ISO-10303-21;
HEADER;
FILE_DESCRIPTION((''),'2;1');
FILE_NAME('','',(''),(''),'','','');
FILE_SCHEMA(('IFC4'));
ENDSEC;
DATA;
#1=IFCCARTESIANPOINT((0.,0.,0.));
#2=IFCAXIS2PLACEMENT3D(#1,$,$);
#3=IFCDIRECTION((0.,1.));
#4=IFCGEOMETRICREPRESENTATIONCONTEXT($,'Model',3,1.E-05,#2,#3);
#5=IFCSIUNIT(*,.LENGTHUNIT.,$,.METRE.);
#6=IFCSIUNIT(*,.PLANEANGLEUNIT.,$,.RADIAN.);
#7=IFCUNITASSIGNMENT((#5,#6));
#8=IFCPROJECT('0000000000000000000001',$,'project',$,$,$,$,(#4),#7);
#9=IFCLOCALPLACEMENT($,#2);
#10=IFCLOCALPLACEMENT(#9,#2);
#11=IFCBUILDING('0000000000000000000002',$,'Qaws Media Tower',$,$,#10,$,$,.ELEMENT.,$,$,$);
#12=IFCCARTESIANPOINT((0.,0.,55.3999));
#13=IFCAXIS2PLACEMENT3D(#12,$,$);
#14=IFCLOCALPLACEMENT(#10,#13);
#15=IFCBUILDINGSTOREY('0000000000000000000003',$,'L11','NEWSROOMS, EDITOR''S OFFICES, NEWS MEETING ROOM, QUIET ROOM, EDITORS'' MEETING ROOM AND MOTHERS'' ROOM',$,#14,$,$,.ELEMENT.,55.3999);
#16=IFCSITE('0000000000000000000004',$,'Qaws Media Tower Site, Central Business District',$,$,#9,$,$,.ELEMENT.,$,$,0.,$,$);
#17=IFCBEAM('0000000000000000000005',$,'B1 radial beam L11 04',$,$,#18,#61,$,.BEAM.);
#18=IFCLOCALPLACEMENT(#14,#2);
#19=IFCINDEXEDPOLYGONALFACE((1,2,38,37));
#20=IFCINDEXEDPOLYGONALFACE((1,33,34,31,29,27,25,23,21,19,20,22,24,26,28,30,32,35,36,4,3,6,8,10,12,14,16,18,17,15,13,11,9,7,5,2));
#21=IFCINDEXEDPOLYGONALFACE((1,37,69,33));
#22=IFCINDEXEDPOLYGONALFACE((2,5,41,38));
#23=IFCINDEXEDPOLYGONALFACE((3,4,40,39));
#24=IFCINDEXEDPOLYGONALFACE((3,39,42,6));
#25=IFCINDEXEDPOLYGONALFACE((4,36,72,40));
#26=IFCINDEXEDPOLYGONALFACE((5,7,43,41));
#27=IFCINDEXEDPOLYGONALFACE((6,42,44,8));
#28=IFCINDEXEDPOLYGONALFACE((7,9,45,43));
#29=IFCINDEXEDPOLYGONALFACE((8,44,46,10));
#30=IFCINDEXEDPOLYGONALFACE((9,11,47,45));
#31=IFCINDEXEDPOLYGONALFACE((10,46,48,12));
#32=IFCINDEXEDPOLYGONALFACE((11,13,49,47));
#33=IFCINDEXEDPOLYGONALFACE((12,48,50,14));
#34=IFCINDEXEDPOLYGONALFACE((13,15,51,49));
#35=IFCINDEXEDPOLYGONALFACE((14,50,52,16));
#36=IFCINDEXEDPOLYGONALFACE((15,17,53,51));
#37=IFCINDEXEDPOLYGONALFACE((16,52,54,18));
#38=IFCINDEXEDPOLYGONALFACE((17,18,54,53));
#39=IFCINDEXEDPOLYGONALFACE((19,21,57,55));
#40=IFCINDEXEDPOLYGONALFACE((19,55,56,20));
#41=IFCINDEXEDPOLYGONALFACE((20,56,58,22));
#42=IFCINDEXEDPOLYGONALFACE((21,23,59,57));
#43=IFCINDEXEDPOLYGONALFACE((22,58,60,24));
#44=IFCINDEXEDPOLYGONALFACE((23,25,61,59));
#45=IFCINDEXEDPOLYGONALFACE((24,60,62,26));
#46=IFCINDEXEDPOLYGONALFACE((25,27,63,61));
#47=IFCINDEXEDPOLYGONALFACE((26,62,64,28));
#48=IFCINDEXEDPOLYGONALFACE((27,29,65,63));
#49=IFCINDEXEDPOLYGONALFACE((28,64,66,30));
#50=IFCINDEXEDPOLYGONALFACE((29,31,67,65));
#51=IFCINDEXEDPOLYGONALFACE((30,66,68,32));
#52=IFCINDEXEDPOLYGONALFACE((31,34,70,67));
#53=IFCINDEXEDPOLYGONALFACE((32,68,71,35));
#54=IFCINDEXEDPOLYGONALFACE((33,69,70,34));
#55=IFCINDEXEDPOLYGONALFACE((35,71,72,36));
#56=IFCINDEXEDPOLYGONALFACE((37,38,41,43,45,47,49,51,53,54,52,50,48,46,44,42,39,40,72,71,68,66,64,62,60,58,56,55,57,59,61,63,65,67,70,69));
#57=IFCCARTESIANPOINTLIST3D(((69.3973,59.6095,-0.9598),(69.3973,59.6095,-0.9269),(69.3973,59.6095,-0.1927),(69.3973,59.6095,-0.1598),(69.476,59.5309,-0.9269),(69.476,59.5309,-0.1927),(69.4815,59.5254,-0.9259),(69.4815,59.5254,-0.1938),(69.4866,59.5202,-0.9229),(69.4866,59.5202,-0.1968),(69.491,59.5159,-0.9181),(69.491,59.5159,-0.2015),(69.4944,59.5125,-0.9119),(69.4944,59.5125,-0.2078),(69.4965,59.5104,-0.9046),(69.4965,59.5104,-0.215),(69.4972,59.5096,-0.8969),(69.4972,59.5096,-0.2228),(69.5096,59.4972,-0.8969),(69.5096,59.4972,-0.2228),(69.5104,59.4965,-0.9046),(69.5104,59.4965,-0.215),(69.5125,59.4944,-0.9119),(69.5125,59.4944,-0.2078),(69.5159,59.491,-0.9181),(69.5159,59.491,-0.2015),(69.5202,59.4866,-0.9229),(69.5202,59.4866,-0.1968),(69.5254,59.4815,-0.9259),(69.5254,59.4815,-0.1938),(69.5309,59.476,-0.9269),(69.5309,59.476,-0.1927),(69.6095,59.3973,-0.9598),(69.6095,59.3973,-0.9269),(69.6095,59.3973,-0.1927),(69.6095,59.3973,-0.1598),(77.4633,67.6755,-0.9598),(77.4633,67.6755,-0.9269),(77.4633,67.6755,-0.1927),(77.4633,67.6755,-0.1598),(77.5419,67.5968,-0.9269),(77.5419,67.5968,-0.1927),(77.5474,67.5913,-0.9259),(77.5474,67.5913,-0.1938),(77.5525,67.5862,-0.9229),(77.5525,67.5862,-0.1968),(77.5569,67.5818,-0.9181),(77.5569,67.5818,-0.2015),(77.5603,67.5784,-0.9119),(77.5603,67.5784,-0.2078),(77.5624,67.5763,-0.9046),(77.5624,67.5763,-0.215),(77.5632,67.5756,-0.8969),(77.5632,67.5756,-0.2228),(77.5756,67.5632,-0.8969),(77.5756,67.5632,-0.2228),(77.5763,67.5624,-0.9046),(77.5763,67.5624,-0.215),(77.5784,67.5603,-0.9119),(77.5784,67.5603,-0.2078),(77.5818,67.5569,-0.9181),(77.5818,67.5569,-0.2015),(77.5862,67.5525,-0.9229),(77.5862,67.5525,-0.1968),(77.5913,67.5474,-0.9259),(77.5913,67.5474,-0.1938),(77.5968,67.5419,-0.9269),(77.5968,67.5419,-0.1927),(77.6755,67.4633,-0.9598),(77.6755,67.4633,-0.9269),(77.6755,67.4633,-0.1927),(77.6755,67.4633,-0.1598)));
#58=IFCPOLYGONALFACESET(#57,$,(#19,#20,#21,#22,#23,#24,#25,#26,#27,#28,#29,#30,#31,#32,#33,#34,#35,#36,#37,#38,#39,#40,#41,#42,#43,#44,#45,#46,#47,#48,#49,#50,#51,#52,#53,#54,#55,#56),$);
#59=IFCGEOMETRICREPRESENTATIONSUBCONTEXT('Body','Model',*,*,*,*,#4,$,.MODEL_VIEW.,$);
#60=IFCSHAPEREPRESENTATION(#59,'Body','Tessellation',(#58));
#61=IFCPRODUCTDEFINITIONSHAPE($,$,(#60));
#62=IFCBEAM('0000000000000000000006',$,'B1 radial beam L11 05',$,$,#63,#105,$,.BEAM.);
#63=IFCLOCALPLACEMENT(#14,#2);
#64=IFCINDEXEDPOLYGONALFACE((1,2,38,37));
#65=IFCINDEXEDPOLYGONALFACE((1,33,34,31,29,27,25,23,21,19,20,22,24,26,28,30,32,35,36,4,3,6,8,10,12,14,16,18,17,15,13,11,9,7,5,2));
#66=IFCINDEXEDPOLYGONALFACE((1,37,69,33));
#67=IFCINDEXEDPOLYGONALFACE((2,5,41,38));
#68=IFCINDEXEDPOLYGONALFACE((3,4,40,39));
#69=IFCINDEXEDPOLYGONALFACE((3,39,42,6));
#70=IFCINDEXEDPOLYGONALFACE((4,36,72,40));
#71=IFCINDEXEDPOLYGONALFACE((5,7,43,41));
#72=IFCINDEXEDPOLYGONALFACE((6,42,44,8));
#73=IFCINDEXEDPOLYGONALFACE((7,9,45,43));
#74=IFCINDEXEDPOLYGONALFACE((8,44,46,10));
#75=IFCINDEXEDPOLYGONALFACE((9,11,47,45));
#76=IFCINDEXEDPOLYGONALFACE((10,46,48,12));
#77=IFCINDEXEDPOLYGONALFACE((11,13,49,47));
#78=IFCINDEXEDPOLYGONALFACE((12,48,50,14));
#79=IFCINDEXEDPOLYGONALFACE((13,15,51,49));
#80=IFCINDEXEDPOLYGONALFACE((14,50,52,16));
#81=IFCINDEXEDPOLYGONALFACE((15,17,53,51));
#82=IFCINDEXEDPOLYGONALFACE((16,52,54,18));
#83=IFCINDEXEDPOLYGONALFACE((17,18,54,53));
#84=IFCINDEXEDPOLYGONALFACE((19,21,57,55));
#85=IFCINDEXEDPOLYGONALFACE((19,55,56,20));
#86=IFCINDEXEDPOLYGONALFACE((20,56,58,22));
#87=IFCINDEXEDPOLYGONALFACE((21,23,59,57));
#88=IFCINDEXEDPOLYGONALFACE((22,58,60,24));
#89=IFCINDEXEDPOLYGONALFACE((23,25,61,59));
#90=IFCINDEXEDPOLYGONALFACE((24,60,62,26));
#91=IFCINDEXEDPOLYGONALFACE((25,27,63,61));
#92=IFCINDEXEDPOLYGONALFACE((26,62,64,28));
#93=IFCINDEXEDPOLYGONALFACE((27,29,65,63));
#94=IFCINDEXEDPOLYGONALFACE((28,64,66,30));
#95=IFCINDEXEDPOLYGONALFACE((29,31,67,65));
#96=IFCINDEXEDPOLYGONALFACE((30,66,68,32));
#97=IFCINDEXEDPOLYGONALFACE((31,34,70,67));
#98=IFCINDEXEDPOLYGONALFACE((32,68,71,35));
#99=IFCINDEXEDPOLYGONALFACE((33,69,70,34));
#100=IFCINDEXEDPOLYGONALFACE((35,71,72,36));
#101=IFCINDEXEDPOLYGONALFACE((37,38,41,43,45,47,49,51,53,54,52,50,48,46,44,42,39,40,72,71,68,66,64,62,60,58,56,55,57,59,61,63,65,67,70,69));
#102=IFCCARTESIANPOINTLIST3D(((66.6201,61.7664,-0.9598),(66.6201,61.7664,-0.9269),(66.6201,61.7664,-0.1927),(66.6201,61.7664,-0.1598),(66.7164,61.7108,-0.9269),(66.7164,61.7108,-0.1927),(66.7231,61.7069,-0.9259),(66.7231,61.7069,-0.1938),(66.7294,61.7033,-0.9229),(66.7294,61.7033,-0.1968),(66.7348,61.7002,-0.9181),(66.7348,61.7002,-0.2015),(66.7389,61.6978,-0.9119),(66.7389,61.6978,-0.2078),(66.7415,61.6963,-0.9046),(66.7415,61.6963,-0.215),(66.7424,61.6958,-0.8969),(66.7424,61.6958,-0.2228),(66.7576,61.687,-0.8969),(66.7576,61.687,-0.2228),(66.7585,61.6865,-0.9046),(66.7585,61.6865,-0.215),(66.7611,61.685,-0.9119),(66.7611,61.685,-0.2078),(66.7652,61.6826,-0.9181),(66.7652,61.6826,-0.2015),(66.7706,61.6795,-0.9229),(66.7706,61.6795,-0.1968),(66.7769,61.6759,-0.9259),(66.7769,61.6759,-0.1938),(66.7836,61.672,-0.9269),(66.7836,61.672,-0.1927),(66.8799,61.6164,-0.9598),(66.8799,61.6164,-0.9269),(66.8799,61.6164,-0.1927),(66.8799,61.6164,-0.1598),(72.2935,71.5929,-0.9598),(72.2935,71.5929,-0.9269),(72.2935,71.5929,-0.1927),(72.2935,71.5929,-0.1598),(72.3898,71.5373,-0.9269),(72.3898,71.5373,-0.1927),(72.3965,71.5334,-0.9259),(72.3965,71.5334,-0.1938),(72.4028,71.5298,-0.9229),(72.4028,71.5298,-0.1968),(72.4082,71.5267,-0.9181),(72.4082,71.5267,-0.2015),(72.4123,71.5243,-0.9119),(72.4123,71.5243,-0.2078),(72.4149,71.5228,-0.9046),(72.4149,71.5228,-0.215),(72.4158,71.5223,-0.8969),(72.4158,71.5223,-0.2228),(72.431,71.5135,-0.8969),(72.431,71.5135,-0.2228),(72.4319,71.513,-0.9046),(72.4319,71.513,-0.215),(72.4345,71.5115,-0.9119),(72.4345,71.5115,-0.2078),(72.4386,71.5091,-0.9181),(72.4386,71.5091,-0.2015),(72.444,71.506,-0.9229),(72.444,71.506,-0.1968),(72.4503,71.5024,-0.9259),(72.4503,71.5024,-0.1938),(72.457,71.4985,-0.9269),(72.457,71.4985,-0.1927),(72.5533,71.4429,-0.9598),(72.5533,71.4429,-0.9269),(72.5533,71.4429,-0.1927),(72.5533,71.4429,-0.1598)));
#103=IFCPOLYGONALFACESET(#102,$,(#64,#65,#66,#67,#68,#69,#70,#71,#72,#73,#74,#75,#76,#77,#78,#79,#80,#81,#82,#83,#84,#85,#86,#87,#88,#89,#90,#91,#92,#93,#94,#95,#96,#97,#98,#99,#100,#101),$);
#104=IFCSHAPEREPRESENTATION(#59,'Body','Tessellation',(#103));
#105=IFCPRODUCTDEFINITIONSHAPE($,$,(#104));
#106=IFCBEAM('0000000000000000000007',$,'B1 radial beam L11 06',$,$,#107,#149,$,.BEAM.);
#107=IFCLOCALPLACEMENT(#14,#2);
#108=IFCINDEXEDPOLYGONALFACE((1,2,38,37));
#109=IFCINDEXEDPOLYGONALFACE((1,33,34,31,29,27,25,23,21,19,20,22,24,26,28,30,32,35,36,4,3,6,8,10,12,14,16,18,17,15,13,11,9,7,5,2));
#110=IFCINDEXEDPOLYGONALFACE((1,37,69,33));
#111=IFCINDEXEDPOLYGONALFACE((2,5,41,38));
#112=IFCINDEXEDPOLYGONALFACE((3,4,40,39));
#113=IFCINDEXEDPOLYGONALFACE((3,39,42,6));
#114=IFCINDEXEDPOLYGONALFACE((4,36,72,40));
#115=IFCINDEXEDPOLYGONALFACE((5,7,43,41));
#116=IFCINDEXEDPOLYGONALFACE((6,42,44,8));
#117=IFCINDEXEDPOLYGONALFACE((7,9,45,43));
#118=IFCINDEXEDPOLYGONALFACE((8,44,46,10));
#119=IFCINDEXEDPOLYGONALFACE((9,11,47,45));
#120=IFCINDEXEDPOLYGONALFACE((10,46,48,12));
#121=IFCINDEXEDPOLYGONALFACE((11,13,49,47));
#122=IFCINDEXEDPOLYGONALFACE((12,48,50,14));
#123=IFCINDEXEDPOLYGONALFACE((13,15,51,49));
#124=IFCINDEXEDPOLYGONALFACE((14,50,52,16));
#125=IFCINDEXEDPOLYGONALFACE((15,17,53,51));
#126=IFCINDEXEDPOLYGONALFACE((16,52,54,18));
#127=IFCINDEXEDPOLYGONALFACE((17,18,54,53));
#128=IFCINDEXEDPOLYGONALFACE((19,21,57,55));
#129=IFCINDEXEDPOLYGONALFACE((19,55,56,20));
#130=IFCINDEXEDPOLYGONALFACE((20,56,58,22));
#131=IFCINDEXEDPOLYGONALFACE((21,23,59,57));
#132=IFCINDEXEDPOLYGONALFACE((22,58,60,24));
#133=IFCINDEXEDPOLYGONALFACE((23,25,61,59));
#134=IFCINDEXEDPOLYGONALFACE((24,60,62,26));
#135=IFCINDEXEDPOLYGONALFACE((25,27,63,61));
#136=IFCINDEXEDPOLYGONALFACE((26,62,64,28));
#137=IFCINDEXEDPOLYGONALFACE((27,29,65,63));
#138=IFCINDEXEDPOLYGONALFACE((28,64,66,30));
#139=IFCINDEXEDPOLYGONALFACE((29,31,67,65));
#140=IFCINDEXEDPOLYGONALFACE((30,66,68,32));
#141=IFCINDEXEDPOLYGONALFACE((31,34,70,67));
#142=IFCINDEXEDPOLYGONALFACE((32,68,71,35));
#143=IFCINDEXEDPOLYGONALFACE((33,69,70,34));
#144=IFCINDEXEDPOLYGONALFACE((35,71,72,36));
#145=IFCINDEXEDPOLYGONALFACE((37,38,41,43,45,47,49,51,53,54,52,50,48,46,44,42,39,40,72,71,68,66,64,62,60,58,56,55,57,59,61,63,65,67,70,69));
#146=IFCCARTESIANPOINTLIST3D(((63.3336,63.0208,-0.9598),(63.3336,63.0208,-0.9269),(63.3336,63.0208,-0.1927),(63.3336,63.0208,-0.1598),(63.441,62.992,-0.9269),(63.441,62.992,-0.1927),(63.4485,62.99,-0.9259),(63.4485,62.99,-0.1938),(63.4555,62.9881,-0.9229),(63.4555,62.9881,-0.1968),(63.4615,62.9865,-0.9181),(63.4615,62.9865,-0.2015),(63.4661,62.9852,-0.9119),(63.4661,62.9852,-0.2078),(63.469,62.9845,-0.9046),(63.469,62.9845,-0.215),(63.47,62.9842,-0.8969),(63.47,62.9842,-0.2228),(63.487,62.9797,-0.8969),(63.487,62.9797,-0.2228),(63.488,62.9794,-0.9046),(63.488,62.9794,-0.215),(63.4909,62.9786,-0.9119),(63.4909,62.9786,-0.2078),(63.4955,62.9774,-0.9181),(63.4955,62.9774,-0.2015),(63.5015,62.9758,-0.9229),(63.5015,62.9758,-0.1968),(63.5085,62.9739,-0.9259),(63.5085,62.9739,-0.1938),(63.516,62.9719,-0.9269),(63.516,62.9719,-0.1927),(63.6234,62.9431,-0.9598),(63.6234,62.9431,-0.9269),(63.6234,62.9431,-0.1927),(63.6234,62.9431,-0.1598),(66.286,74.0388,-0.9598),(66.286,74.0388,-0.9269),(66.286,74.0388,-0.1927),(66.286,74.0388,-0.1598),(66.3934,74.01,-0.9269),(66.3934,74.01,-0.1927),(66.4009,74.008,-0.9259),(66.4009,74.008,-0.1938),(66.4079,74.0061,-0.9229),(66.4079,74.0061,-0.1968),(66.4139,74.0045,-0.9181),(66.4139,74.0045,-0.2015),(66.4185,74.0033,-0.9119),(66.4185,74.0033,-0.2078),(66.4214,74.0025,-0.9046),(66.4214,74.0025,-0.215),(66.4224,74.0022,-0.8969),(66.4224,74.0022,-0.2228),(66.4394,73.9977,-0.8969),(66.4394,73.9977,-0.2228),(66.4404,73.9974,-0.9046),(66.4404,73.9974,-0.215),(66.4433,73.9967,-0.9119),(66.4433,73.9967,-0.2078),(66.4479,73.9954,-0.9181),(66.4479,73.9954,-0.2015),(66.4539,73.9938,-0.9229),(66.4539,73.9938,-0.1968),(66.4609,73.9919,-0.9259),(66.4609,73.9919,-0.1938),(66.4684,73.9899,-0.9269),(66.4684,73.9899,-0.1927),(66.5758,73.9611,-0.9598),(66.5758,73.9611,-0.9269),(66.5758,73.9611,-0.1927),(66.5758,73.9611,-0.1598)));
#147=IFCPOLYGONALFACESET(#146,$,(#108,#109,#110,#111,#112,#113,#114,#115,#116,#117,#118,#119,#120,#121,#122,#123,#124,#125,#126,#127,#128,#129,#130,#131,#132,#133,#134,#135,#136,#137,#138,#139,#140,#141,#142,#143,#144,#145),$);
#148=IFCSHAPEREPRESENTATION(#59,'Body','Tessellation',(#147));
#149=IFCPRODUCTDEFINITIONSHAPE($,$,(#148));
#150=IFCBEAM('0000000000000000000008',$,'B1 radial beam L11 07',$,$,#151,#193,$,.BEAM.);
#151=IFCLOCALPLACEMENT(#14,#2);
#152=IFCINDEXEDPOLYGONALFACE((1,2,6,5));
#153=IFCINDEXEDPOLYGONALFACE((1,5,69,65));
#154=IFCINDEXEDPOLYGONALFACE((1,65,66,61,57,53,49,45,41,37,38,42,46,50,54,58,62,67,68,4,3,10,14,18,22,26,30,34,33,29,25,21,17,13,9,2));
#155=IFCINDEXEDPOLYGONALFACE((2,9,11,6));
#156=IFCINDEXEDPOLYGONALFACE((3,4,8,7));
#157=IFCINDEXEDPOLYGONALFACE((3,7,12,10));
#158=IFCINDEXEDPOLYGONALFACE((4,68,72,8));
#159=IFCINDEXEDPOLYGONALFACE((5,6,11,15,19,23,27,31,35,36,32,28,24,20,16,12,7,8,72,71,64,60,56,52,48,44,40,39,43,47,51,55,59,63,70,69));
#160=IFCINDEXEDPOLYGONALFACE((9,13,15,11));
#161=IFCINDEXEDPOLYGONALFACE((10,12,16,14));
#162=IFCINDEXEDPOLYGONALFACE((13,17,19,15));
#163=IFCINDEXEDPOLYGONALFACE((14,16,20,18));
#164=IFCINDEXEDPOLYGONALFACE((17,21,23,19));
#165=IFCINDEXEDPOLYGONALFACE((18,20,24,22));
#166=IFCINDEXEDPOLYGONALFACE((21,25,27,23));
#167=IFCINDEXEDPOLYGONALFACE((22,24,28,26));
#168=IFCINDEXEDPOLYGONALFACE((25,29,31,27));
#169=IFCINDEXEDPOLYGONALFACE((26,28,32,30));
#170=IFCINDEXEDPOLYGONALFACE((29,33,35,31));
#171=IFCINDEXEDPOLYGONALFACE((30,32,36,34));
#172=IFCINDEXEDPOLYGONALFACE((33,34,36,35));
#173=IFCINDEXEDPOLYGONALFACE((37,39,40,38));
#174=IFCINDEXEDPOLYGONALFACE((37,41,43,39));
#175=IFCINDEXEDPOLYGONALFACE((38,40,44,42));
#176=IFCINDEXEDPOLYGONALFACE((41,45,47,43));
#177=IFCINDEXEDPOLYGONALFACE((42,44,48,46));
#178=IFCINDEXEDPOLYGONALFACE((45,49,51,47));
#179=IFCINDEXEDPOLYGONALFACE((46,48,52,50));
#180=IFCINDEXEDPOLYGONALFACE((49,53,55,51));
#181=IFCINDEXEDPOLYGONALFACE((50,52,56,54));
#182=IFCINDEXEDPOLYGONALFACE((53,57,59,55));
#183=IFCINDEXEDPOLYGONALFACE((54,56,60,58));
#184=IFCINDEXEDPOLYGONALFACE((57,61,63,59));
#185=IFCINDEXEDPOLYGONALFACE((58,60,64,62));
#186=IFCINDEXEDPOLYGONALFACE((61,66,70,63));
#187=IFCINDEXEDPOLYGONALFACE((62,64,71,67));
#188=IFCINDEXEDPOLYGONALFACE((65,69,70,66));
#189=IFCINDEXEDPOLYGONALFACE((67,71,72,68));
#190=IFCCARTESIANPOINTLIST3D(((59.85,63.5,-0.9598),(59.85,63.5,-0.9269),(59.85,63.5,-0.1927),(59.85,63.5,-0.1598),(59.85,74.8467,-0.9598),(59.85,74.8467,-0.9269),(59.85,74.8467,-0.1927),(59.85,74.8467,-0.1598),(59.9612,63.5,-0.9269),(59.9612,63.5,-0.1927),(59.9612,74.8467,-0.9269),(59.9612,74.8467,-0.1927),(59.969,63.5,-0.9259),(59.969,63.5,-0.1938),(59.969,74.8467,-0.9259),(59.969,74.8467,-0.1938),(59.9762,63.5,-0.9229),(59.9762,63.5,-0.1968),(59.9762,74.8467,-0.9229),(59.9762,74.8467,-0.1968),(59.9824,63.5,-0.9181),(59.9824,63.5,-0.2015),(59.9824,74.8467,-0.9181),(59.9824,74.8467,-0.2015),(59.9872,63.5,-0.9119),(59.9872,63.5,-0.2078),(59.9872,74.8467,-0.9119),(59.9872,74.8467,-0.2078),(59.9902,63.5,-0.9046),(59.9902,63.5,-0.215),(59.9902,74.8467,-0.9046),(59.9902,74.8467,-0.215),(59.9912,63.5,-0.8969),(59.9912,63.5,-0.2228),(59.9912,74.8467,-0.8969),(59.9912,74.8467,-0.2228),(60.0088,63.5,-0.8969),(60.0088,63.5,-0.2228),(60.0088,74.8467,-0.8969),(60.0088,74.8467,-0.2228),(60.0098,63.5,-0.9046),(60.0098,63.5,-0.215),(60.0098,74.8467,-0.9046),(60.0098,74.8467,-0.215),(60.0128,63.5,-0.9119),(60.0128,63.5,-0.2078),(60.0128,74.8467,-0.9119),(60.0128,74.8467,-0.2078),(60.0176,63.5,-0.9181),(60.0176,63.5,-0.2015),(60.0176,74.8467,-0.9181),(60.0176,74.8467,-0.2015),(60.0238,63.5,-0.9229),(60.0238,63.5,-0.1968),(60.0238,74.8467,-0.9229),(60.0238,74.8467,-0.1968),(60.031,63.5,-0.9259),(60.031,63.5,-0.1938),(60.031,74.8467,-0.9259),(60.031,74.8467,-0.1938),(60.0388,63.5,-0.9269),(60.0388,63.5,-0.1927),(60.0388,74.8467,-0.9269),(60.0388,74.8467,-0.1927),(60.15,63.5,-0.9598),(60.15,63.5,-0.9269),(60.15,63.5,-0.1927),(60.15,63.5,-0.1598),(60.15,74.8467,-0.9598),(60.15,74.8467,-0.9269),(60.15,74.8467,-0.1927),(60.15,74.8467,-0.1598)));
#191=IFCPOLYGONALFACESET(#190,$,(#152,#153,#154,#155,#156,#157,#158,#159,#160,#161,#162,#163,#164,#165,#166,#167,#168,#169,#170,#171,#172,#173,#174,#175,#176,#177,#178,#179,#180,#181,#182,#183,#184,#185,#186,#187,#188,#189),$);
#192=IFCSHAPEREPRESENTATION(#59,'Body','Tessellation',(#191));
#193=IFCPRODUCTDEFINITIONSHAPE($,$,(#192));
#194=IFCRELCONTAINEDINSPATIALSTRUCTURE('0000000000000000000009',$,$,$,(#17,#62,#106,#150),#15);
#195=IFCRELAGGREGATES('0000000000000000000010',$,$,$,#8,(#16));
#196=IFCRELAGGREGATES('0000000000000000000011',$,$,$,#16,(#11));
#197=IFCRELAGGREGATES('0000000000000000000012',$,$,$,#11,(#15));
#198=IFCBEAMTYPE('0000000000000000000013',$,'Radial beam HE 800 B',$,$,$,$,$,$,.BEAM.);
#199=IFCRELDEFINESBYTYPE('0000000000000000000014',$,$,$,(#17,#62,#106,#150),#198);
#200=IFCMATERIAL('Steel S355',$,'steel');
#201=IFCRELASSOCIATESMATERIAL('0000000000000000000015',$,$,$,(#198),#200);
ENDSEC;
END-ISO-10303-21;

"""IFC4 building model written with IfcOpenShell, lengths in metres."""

from ifc_helpers import new_model, si_unit, direction, frame, origin, origin_2d, place, context, subcontext, project, spatial, i_section, extrude, material, material_profile, profile_set, type_object, element, save


model = new_model("IFC4")

# Units and contexts
model_context = context("Model", 3, precision=1e-05, world=origin(), true_north=direction((0.0, 1.0)))
body_context = subcontext(model_context, "Body", "Model", "MODEL_VIEW")
ifc_project = project(units=[si_unit("LENGTHUNIT", "METRE"), si_unit("PLANEANGLEUNIT", "RADIAN")], contexts=[model_context])

# Site, building, storey
site_placement = place(None, origin())
site = spatial("IfcSite", under=ifc_project, at=site_placement, Name="Qaws Media Tower Site, Central Business District", CompositionType="ELEMENT", RefElevation=0.0)
building_placement = place(site_placement, origin())
building = spatial("IfcBuilding", under=site, at=building_placement, Name="Qaws Media Tower", CompositionType="ELEMENT")
storey_placement = place(building_placement, frame((0.0, 0.0, 55.3999)))
storey = spatial("IfcBuildingStorey", under=building, at=storey_placement, Name="L11", Description="NEWSROOMS, EDITOR'S OFFICES, NEWS MEETING ROOM, QUIET ROOM, EDITORS' MEETING ROOM AND MOTHERS' ROOM", CompositionType="ELEMENT", Elevation=55.3999)

# Beams
ifc_material_1 = material(Name="Steel S355", Category="steel")
ifc_material_profile_1 = material_profile(ifc_material_1, i_section(OverallWidth=0.3, OverallDepth=0.8, WebThickness=0.0176, FlangeThickness=0.033, FilletRadius=0.03, at=origin_2d()), Name="HE 800 B")
ifc_profile_set_1 = profile_set([ifc_material_profile_1], Name="Steel S355")
beam_type_1 = type_object("IfcBeamType", Name="Radial beam HE 800 B", PredefinedType="BEAM", material=ifc_profile_set_1)
beam_1_placement = place(storey_placement, frame((69.5034, 59.5034, -0.5598), z_axis=(0.707107, 0.707107, 0.0), x_axis=(-0.707107, 0.707107, 0.0)))
element("IfcBeam", 1, at=beam_1_placement, inside=storey, type_object=beam_type_1, Name="B1 radial beam L11 04", PredefinedType="BEAM", context=body_context, shape_type="SweptSolid", body=[
    extrude(i_section(OverallWidth=0.3, OverallDepth=0.8, WebThickness=0.0176, FlangeThickness=0.033, FilletRadius=0.03, at=origin_2d()), origin(), (0.0, 0.0, 1.0), 11.407),
])
beam_2_placement = place(storey_placement, frame((66.75, 61.6914, -0.5598), z_axis=(0.500004, 0.866023, 0.0), x_axis=(-0.866023, 0.500004, 0.0)))
element("IfcBeam", 2, at=beam_2_placement, inside=storey, type_object=beam_type_1, Name="B1 radial beam L11 05", PredefinedType="BEAM", context=body_context, shape_type="SweptSolid", body=[
    extrude(i_section(OverallWidth=0.3, OverallDepth=0.8, WebThickness=0.0176, FlangeThickness=0.033, FilletRadius=0.03, at=origin_2d()), origin(), (0.0, 0.0, 1.0), 11.3467),
])
beam_3_placement = place(storey_placement, frame((63.4785, 62.9819, -0.5598), z_axis=(0.258828, 0.965923, 0.0), x_axis=(-0.965923, 0.258828, 0.0)))
element("IfcBeam", 3, at=beam_3_placement, inside=storey, type_object=beam_type_1, Name="B1 radial beam L11 06", PredefinedType="BEAM", context=body_context, shape_type="SweptSolid", body=[
    extrude(i_section(OverallWidth=0.3, OverallDepth=0.8, WebThickness=0.0176, FlangeThickness=0.033, FilletRadius=0.03, at=origin_2d()), origin(), (0.0, 0.0, 1.0), 11.4067),
])
beam_4_placement = place(storey_placement, frame((60.0, 63.5, -0.5598), z_axis=(0.0, 1.0, 0.0), x_axis=(-1.0, 0.0, 0.0)))
element("IfcBeam", 4, at=beam_4_placement, inside=storey, type_object=beam_type_1, Name="B1 radial beam L11 07", PredefinedType="BEAM", context=body_context, shape_type="SweptSolid", body=[
    extrude(i_section(OverallWidth=0.3, OverallDepth=0.8, WebThickness=0.0176, FlangeThickness=0.033, FilletRadius=0.03, at=origin_2d()), origin(), (0.0, 0.0, 1.0), 11.3467),
])

save(model, "model.ifc")
